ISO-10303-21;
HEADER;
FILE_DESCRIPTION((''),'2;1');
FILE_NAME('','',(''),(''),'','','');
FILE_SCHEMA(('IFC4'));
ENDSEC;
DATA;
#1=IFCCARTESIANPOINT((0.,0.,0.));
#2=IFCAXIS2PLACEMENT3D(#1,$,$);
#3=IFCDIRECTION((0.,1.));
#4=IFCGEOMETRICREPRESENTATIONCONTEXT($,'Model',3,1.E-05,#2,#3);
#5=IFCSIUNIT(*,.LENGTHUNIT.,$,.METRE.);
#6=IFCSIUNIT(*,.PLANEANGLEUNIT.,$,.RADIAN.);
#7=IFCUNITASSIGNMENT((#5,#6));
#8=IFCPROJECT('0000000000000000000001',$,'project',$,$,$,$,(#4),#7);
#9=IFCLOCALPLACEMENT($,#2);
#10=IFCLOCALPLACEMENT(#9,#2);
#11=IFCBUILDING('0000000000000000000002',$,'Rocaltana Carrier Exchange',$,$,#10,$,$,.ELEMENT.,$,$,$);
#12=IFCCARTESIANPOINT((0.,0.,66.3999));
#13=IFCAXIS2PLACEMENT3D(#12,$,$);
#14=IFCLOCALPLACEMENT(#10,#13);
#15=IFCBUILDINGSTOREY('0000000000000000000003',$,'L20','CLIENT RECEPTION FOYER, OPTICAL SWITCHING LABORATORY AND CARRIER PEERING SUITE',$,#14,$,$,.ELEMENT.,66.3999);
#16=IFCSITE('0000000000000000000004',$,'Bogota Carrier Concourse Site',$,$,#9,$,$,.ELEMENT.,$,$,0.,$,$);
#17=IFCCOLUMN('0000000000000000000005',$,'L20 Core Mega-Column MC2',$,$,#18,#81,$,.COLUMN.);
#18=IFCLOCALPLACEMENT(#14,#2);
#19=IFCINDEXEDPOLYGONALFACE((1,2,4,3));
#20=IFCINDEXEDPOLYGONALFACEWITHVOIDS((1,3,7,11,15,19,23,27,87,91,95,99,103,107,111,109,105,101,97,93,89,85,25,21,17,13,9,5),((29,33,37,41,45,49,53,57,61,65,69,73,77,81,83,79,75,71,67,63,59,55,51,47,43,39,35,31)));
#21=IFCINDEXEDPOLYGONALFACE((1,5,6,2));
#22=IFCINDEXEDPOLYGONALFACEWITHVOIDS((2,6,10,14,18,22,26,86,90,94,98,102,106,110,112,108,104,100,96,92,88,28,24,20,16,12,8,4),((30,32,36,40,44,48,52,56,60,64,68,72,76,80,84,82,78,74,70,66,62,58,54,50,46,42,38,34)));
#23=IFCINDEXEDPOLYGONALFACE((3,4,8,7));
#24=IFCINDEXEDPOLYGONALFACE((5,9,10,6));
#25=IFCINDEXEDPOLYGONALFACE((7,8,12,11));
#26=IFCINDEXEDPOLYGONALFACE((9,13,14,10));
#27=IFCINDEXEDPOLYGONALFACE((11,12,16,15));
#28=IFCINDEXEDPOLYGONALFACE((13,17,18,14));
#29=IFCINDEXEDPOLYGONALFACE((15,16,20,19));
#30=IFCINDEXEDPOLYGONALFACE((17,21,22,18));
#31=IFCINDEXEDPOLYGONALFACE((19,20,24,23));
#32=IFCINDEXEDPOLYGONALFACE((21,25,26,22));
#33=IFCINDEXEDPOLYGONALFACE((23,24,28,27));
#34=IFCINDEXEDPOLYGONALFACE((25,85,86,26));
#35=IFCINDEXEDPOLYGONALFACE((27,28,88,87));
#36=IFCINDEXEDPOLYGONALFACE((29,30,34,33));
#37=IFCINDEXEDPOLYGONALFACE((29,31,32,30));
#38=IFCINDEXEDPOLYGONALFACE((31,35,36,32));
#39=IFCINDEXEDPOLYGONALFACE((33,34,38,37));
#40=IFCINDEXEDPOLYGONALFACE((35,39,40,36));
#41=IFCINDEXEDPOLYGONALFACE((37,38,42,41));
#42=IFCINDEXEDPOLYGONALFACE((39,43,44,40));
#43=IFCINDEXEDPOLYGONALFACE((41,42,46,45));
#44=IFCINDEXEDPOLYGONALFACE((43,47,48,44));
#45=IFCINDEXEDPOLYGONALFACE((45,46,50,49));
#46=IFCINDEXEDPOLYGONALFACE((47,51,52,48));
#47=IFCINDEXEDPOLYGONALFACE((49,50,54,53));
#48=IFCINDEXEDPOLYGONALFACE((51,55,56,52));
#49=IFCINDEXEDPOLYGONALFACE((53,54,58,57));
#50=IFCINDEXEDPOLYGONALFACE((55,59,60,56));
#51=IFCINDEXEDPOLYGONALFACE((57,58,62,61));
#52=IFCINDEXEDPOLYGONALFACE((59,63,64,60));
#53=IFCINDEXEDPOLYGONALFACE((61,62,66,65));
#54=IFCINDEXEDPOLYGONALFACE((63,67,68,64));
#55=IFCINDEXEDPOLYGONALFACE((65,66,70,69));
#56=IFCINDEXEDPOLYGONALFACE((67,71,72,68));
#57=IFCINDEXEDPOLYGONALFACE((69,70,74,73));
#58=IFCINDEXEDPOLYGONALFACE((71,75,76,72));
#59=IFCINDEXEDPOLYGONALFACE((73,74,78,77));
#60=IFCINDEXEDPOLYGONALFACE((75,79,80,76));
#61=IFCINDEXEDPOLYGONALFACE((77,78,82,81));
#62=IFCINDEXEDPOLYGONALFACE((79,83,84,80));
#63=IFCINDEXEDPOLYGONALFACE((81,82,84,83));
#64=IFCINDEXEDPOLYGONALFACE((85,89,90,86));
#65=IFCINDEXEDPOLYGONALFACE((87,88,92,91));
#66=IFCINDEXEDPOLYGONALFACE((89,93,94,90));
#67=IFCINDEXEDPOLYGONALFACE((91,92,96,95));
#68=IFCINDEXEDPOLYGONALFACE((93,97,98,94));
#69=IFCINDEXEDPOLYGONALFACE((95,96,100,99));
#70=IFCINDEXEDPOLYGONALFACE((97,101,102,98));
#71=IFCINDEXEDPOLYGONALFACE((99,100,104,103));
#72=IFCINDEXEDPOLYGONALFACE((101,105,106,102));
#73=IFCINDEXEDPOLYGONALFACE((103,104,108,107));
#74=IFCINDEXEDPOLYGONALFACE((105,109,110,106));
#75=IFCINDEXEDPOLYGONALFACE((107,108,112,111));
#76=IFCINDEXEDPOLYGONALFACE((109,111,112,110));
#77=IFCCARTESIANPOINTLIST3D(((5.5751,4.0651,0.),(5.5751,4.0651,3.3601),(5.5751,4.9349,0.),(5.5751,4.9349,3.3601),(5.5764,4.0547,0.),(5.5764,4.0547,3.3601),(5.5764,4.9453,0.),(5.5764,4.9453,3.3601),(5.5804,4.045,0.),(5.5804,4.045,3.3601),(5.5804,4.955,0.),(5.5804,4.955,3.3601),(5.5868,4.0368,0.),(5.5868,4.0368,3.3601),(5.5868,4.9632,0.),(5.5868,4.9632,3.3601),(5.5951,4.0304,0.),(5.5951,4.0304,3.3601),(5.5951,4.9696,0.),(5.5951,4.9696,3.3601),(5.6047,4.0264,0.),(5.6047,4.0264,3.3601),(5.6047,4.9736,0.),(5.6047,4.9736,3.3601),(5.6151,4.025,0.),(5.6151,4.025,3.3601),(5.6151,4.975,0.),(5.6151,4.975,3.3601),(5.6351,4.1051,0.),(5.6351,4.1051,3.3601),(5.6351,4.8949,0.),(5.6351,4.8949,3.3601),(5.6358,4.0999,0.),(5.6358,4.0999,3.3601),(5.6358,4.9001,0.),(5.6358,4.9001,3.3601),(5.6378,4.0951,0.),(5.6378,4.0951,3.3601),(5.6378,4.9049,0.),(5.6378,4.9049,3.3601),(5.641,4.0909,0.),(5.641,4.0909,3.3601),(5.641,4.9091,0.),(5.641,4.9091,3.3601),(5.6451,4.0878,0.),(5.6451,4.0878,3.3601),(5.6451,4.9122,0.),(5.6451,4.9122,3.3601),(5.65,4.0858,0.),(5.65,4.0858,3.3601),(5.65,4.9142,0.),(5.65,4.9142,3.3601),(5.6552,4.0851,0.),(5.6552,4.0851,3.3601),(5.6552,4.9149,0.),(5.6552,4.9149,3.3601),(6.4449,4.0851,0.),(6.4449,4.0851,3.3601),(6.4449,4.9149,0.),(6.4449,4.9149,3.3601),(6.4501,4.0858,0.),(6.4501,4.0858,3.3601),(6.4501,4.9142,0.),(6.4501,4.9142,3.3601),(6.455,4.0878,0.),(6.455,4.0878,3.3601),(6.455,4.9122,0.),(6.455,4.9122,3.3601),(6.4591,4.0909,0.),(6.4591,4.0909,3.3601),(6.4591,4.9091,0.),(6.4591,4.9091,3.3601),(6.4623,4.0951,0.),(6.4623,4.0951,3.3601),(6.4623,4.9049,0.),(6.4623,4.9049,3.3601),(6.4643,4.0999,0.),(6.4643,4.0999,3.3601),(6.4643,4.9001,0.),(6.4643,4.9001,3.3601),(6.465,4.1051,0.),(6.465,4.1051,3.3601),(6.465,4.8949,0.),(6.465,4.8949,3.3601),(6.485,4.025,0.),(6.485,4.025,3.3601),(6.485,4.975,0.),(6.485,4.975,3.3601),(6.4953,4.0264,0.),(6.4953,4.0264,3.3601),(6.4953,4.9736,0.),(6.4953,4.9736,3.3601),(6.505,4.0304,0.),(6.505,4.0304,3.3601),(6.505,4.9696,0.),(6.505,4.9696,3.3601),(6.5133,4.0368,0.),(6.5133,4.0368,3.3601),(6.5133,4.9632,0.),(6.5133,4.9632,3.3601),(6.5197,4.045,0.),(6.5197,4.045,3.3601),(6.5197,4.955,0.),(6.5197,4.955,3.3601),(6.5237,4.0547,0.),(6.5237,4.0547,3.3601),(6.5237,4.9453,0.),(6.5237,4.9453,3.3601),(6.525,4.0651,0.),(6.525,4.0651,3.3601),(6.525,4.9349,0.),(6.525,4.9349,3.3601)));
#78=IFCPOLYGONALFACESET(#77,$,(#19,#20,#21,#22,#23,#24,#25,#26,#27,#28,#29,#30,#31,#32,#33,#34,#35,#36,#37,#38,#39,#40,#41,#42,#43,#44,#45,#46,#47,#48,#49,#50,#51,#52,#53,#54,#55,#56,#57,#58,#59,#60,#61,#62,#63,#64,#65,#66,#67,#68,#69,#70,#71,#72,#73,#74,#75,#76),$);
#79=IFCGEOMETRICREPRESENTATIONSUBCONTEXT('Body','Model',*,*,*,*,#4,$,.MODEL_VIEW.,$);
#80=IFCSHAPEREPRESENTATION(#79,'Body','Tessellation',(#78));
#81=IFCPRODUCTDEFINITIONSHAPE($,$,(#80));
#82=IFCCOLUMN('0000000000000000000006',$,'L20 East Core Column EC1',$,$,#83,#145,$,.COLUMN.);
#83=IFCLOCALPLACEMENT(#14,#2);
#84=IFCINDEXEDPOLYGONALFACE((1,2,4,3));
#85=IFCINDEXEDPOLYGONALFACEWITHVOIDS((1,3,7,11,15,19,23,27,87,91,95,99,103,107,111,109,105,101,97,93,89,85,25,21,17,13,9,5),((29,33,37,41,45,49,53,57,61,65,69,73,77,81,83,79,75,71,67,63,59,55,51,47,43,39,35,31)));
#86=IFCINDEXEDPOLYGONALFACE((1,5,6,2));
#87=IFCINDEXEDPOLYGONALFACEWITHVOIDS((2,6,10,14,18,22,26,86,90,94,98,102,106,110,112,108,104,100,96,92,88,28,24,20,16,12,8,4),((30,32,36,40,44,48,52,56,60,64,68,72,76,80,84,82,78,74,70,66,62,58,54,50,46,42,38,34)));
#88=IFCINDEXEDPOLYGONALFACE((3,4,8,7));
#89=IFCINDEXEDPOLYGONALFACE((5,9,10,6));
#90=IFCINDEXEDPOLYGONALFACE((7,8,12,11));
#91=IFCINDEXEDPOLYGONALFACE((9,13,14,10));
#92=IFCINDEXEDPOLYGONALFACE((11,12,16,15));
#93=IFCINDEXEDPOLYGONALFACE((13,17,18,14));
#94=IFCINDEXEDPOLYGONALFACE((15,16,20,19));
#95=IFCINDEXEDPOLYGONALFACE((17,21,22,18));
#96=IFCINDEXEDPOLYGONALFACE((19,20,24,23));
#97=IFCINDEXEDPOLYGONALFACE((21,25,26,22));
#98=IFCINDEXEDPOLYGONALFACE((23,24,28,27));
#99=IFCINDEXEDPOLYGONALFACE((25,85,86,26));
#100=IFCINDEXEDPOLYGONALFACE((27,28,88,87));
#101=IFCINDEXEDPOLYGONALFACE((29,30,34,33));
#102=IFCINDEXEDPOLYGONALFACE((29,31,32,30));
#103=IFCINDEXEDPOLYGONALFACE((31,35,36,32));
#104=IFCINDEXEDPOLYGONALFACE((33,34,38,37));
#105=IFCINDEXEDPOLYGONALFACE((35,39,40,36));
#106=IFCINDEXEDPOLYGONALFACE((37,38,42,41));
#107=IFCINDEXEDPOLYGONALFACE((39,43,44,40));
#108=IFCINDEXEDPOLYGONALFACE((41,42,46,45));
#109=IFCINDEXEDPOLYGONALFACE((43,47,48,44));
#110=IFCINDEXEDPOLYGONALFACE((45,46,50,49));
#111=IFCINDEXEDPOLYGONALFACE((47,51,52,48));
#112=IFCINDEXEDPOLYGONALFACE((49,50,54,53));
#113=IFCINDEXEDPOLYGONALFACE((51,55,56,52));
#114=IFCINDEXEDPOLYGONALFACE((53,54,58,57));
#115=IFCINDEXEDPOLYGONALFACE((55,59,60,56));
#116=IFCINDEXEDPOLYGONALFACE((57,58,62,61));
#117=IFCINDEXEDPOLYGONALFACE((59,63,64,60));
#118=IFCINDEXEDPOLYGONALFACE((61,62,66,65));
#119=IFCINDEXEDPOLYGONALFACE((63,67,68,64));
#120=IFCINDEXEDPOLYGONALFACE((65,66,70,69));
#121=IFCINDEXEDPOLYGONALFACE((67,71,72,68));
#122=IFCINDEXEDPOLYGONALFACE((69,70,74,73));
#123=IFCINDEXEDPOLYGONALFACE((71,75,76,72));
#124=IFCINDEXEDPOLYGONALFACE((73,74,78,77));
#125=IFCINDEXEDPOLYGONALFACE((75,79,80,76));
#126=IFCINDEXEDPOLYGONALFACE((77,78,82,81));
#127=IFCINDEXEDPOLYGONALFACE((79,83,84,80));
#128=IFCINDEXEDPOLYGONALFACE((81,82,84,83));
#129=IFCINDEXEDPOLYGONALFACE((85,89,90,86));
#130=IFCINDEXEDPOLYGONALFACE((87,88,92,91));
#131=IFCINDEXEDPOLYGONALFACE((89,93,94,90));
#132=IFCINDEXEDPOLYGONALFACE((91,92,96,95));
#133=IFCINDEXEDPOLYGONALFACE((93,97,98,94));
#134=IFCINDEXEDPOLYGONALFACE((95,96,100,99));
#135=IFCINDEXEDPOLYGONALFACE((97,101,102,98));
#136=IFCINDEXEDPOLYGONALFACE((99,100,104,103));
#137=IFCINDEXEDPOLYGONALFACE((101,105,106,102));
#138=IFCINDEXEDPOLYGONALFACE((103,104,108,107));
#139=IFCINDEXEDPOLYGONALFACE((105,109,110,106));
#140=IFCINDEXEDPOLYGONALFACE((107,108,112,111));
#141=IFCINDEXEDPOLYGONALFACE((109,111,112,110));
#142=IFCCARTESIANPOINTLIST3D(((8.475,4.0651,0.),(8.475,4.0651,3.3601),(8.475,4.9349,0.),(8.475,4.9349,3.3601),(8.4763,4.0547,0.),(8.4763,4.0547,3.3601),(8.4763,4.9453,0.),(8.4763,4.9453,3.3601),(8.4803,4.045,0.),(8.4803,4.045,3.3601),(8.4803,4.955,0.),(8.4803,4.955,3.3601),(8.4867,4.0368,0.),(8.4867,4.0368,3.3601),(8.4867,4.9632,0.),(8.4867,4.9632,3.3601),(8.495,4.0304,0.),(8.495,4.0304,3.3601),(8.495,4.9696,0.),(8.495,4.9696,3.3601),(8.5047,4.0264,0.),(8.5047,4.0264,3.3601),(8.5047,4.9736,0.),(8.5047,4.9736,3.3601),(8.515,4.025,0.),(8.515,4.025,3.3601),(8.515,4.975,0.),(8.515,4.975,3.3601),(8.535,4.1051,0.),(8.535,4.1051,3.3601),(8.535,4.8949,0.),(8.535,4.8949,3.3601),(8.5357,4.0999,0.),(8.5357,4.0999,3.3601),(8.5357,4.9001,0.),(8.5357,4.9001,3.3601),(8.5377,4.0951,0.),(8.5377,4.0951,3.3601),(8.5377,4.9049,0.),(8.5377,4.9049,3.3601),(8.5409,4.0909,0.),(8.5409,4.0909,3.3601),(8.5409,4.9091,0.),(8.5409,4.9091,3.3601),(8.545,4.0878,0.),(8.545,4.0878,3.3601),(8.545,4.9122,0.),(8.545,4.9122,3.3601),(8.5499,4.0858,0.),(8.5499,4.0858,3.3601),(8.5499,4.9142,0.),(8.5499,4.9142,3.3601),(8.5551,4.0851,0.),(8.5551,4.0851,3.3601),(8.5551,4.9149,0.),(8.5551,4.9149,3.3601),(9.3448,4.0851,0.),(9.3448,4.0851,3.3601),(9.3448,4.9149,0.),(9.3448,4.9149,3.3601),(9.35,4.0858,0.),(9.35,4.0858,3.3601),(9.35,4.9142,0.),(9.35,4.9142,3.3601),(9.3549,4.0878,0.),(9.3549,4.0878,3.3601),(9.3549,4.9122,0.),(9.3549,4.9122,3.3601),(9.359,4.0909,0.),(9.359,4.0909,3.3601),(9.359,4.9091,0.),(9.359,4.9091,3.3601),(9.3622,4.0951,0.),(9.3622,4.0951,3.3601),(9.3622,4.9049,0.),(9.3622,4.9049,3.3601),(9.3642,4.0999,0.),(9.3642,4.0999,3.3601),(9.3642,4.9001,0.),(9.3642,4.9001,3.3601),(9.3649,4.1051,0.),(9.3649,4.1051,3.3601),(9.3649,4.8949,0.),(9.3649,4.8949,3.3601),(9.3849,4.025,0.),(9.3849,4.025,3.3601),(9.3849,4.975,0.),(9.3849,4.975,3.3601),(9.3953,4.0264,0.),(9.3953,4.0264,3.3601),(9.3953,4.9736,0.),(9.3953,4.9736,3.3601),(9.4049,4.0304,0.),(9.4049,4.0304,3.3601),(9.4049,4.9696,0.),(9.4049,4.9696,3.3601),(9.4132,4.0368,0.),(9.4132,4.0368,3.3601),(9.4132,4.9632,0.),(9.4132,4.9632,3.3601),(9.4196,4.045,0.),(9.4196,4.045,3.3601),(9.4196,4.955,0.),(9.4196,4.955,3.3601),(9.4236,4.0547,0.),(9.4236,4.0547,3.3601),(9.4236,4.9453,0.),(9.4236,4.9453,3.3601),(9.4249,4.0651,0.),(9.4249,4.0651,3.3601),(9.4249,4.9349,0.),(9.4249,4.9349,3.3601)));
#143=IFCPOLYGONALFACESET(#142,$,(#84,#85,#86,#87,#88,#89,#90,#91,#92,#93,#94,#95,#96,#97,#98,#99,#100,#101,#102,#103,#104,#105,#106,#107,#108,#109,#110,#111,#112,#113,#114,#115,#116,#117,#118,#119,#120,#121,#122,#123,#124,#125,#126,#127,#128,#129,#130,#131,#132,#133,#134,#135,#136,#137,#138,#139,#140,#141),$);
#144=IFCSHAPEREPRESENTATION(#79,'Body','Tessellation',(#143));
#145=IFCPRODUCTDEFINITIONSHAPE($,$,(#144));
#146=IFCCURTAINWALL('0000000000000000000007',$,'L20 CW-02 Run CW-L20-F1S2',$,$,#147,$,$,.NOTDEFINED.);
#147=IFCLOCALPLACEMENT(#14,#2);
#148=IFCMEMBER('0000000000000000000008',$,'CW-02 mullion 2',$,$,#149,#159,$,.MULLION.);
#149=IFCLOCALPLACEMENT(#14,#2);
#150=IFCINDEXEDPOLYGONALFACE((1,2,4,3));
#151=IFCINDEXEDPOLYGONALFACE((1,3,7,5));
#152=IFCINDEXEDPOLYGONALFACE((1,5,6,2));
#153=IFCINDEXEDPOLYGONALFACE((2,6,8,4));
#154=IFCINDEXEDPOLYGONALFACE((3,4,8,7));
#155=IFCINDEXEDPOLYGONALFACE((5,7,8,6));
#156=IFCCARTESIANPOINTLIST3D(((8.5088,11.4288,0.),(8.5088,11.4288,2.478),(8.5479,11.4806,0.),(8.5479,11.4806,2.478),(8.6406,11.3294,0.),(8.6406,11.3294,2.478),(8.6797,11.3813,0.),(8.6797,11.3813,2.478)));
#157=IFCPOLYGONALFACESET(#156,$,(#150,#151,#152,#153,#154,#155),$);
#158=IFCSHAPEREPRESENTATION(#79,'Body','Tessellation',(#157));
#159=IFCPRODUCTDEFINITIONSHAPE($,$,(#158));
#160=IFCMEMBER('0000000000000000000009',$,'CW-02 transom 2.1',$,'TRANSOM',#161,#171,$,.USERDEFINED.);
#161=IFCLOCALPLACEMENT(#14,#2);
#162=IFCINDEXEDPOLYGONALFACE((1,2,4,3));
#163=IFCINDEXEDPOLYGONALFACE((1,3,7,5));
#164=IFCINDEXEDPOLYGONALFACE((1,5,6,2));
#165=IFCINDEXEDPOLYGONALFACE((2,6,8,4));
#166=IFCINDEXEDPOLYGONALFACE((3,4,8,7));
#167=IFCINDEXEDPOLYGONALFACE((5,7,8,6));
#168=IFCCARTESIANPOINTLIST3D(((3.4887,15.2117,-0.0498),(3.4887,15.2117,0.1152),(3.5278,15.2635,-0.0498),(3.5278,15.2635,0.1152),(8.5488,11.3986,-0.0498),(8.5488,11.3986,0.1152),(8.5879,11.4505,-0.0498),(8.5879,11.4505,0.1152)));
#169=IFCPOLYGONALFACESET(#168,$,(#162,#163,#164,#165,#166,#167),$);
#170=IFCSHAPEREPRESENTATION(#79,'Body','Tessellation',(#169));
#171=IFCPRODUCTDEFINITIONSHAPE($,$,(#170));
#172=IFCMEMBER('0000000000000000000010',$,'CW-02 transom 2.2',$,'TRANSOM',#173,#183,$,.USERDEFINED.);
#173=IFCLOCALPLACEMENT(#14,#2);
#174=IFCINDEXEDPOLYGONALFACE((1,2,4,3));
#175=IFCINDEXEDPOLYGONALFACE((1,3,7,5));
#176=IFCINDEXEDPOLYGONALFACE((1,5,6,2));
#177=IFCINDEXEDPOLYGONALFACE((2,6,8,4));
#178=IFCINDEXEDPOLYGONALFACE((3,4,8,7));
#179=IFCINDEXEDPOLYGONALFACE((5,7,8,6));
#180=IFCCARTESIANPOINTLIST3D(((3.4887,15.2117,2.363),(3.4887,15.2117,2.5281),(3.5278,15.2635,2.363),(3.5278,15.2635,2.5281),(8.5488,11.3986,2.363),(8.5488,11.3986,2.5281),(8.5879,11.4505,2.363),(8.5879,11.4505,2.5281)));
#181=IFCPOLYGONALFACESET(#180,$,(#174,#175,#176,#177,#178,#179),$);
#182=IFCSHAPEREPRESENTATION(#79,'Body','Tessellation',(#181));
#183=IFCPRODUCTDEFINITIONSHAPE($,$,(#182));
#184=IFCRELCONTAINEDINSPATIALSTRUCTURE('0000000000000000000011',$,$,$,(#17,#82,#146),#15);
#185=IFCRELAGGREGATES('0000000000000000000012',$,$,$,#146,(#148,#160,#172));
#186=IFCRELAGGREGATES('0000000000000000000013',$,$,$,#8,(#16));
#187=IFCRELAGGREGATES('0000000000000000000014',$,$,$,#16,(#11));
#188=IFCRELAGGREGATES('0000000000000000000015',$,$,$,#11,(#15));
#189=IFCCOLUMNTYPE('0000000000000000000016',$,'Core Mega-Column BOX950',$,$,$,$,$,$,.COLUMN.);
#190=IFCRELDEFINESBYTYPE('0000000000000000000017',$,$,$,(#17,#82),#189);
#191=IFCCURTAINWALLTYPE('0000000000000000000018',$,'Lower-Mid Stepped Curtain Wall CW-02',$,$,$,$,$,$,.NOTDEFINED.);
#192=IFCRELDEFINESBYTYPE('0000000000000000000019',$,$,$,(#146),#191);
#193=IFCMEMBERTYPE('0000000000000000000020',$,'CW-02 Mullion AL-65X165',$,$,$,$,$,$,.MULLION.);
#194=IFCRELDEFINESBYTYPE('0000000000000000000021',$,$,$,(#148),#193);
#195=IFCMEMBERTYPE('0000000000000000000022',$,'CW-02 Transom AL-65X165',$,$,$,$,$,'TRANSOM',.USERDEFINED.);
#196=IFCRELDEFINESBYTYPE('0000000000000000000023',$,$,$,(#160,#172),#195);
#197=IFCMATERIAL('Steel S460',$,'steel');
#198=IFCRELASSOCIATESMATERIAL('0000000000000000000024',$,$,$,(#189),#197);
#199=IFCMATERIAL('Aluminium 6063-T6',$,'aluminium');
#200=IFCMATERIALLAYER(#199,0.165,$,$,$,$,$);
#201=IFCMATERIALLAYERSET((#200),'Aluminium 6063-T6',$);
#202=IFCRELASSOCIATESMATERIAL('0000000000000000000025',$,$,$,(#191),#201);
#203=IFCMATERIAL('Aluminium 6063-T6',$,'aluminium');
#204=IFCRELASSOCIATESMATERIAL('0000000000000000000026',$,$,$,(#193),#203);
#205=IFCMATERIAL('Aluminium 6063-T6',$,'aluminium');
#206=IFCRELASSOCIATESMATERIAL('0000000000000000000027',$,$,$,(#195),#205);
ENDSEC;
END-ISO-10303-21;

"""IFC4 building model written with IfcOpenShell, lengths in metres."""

from ifc_helpers import new_model, si_unit, direction, frame, origin, origin_2d, place, context, subcontext, project, spatial, rectangle, hollow_rectangle, extrude, material, layer, layer_set, material_profile, profile_set, type_object, element, aggregate, save


model = new_model("IFC4")

# Units and contexts
model_context = context("Model", 3, precision=1e-05, world=origin(), true_north=direction((0.0, 1.0)))
body_context = subcontext(model_context, "Body", "Model", "MODEL_VIEW")
ifc_project = project(units=[si_unit("LENGTHUNIT", "METRE"), si_unit("PLANEANGLEUNIT", "RADIAN")], contexts=[model_context])

# Site, building, storey
site_placement = place(None, origin())
site = spatial("IfcSite", under=ifc_project, at=site_placement, Name="Bogota Carrier Concourse Site", CompositionType="ELEMENT", RefElevation=0.0)
building_placement = place(site_placement, origin())
building = spatial("IfcBuilding", under=site, at=building_placement, Name="Rocaltana Carrier Exchange", CompositionType="ELEMENT")
storey_placement = place(building_placement, frame((0.0, 0.0, 66.3999)))
storey = spatial("IfcBuildingStorey", under=building, at=storey_placement, Name="L20", Description="CLIENT RECEPTION FOYER, OPTICAL SWITCHING LABORATORY AND CARRIER PEERING SUITE", CompositionType="ELEMENT", Elevation=66.3999)

# Columns
ifc_material_1 = material(Name="Steel S460", Category="steel")
ifc_material_profile_1 = material_profile(ifc_material_1, hollow_rectangle(XDim=0.95, YDim=0.95, WallThickness=0.0601, InnerFilletRadius=0.02, OuterFilletRadius=0.04, at=origin_2d()), Name="BOX950X950X60")
ifc_profile_set_1 = profile_set([ifc_material_profile_1], Name="Steel S460")
column_type = type_object("IfcColumnType", Name="Core Mega-Column BOX950", PredefinedType="COLUMN", material=ifc_profile_set_1)
for number, where, z_axis, x_axis, name in (
    (1, (6.05, 4.5, 0.0), (0.0, 0.0, 1.0), (1.0, 0.0, 0.0), "L20 Core Mega-Column MC2"),
    (2, (8.95, 4.5, 0.0), (0.0, 0.0, 1.0), (1.0, 0.0, 0.0), "L20 East Core Column EC1"),
):
    element("IfcColumn", number, at=place(storey_placement, frame(where, z_axis=z_axis, x_axis=x_axis)), inside=storey, type_object=column_type, Name=name, PredefinedType="COLUMN", context=body_context, shape_type="SweptSolid", body=[
        extrude(hollow_rectangle(XDim=0.95, YDim=0.95, WallThickness=0.0601, InnerFilletRadius=0.02, OuterFilletRadius=0.04, at=origin_2d()), origin(), (0.0, 0.0, 1.0), 3.3601),
    ])

# Curtain wall, members
ifc_material_2 = material(Name="Aluminium 6063-T6", Category="aluminium")
ifc_layer_1 = layer(ifc_material_2, 0.165)
ifc_layer_set_1 = layer_set([ifc_layer_1], Name="Aluminium 6063-T6")
curtain_wall_type = type_object("IfcCurtainWallType", Name="Lower-Mid Stepped Curtain Wall CW-02", PredefinedType="NOTDEFINED", material=ifc_layer_set_1)
curtain_wall_placement = place(storey_placement, origin())
curtain_wall = element("IfcCurtainWall", 3, at=curtain_wall_placement, inside=storey, type_object=curtain_wall_type, Name="L20 CW-02 Run CW-L20-F1S2", PredefinedType="NOTDEFINED")
ifc_material_3 = material(Name="Aluminium 6063-T6", Category="aluminium")
ifc_material_profile_2 = material_profile(ifc_material_3, rectangle(XDim=0.0649, YDim=0.165, at=origin_2d()), Name="AL-65X165")
ifc_profile_set_2 = profile_set([ifc_material_profile_2], Name="Aluminium 6063-T6")
member_type_1 = type_object("IfcMemberType", Name="CW-02 Mullion AL-65X165", PredefinedType="MULLION", material=ifc_profile_set_2)
member_1_placement = place(storey_placement, frame((8.5942, 11.405, 0.0), z_axis=(0.0, 0.0, 1.0), x_axis=(-0.601815, -0.798635, 0.0)))
member_1 = element("IfcMember", 4, at=member_1_placement, type_object=member_type_1, Name="CW-02 mullion 2", PredefinedType="MULLION", context=body_context, shape_type="SweptSolid", body=[
    extrude(rectangle(XDim=0.0649, YDim=0.165, at=origin_2d()), origin(), (0.0, 0.0, 1.0), 2.478),
])
ifc_material_4 = material(Name="Aluminium 6063-T6", Category="aluminium")
ifc_material_profile_3 = material_profile(ifc_material_4, rectangle(XDim=0.0649, YDim=0.165, at=origin_2d()), Name="AL-65X165")
ifc_profile_set_3 = profile_set([ifc_material_profile_3], Name="Aluminium 6063-T6")
member_type_2 = type_object("IfcMemberType", Name="CW-02 Transom AL-65X165", ElementType="TRANSOM", PredefinedType="USERDEFINED", material=ifc_profile_set_3)
member_2_placement = place(storey_placement, frame((8.5684, 11.4246, 0.0327), z_axis=(-0.798638, 0.601811, 0.0), x_axis=(-0.601811, -0.798638, 0.0)))
member_2 = element("IfcMember", 5, at=member_2_placement, type_object=member_type_2, Name="CW-02 transom 2.1", ObjectType="TRANSOM", PredefinedType="USERDEFINED", context=body_context, shape_type="SweptSolid", body=[
    extrude(rectangle(XDim=0.0649, YDim=0.165, at=origin_2d()), origin(), (0.0, 0.0, 1.0), 6.3359),
])
member_3_placement = place(storey_placement, frame((8.5684, 11.4246, 2.4456), z_axis=(-0.798638, 0.601811, 0.0), x_axis=(-0.601811, -0.798638, 0.0)))
member_3 = element("IfcMember", 6, at=member_3_placement, type_object=member_type_2, Name="CW-02 transom 2.2", ObjectType="TRANSOM", PredefinedType="USERDEFINED", context=body_context, shape_type="SweptSolid", body=[
    extrude(rectangle(XDim=0.0649, YDim=0.165, at=origin_2d()), origin(), (0.0, 0.0, 1.0), 6.3359),
])

aggregate(curtain_wall, [member_1, member_2, member_3])

save(model, "model.ifc")
